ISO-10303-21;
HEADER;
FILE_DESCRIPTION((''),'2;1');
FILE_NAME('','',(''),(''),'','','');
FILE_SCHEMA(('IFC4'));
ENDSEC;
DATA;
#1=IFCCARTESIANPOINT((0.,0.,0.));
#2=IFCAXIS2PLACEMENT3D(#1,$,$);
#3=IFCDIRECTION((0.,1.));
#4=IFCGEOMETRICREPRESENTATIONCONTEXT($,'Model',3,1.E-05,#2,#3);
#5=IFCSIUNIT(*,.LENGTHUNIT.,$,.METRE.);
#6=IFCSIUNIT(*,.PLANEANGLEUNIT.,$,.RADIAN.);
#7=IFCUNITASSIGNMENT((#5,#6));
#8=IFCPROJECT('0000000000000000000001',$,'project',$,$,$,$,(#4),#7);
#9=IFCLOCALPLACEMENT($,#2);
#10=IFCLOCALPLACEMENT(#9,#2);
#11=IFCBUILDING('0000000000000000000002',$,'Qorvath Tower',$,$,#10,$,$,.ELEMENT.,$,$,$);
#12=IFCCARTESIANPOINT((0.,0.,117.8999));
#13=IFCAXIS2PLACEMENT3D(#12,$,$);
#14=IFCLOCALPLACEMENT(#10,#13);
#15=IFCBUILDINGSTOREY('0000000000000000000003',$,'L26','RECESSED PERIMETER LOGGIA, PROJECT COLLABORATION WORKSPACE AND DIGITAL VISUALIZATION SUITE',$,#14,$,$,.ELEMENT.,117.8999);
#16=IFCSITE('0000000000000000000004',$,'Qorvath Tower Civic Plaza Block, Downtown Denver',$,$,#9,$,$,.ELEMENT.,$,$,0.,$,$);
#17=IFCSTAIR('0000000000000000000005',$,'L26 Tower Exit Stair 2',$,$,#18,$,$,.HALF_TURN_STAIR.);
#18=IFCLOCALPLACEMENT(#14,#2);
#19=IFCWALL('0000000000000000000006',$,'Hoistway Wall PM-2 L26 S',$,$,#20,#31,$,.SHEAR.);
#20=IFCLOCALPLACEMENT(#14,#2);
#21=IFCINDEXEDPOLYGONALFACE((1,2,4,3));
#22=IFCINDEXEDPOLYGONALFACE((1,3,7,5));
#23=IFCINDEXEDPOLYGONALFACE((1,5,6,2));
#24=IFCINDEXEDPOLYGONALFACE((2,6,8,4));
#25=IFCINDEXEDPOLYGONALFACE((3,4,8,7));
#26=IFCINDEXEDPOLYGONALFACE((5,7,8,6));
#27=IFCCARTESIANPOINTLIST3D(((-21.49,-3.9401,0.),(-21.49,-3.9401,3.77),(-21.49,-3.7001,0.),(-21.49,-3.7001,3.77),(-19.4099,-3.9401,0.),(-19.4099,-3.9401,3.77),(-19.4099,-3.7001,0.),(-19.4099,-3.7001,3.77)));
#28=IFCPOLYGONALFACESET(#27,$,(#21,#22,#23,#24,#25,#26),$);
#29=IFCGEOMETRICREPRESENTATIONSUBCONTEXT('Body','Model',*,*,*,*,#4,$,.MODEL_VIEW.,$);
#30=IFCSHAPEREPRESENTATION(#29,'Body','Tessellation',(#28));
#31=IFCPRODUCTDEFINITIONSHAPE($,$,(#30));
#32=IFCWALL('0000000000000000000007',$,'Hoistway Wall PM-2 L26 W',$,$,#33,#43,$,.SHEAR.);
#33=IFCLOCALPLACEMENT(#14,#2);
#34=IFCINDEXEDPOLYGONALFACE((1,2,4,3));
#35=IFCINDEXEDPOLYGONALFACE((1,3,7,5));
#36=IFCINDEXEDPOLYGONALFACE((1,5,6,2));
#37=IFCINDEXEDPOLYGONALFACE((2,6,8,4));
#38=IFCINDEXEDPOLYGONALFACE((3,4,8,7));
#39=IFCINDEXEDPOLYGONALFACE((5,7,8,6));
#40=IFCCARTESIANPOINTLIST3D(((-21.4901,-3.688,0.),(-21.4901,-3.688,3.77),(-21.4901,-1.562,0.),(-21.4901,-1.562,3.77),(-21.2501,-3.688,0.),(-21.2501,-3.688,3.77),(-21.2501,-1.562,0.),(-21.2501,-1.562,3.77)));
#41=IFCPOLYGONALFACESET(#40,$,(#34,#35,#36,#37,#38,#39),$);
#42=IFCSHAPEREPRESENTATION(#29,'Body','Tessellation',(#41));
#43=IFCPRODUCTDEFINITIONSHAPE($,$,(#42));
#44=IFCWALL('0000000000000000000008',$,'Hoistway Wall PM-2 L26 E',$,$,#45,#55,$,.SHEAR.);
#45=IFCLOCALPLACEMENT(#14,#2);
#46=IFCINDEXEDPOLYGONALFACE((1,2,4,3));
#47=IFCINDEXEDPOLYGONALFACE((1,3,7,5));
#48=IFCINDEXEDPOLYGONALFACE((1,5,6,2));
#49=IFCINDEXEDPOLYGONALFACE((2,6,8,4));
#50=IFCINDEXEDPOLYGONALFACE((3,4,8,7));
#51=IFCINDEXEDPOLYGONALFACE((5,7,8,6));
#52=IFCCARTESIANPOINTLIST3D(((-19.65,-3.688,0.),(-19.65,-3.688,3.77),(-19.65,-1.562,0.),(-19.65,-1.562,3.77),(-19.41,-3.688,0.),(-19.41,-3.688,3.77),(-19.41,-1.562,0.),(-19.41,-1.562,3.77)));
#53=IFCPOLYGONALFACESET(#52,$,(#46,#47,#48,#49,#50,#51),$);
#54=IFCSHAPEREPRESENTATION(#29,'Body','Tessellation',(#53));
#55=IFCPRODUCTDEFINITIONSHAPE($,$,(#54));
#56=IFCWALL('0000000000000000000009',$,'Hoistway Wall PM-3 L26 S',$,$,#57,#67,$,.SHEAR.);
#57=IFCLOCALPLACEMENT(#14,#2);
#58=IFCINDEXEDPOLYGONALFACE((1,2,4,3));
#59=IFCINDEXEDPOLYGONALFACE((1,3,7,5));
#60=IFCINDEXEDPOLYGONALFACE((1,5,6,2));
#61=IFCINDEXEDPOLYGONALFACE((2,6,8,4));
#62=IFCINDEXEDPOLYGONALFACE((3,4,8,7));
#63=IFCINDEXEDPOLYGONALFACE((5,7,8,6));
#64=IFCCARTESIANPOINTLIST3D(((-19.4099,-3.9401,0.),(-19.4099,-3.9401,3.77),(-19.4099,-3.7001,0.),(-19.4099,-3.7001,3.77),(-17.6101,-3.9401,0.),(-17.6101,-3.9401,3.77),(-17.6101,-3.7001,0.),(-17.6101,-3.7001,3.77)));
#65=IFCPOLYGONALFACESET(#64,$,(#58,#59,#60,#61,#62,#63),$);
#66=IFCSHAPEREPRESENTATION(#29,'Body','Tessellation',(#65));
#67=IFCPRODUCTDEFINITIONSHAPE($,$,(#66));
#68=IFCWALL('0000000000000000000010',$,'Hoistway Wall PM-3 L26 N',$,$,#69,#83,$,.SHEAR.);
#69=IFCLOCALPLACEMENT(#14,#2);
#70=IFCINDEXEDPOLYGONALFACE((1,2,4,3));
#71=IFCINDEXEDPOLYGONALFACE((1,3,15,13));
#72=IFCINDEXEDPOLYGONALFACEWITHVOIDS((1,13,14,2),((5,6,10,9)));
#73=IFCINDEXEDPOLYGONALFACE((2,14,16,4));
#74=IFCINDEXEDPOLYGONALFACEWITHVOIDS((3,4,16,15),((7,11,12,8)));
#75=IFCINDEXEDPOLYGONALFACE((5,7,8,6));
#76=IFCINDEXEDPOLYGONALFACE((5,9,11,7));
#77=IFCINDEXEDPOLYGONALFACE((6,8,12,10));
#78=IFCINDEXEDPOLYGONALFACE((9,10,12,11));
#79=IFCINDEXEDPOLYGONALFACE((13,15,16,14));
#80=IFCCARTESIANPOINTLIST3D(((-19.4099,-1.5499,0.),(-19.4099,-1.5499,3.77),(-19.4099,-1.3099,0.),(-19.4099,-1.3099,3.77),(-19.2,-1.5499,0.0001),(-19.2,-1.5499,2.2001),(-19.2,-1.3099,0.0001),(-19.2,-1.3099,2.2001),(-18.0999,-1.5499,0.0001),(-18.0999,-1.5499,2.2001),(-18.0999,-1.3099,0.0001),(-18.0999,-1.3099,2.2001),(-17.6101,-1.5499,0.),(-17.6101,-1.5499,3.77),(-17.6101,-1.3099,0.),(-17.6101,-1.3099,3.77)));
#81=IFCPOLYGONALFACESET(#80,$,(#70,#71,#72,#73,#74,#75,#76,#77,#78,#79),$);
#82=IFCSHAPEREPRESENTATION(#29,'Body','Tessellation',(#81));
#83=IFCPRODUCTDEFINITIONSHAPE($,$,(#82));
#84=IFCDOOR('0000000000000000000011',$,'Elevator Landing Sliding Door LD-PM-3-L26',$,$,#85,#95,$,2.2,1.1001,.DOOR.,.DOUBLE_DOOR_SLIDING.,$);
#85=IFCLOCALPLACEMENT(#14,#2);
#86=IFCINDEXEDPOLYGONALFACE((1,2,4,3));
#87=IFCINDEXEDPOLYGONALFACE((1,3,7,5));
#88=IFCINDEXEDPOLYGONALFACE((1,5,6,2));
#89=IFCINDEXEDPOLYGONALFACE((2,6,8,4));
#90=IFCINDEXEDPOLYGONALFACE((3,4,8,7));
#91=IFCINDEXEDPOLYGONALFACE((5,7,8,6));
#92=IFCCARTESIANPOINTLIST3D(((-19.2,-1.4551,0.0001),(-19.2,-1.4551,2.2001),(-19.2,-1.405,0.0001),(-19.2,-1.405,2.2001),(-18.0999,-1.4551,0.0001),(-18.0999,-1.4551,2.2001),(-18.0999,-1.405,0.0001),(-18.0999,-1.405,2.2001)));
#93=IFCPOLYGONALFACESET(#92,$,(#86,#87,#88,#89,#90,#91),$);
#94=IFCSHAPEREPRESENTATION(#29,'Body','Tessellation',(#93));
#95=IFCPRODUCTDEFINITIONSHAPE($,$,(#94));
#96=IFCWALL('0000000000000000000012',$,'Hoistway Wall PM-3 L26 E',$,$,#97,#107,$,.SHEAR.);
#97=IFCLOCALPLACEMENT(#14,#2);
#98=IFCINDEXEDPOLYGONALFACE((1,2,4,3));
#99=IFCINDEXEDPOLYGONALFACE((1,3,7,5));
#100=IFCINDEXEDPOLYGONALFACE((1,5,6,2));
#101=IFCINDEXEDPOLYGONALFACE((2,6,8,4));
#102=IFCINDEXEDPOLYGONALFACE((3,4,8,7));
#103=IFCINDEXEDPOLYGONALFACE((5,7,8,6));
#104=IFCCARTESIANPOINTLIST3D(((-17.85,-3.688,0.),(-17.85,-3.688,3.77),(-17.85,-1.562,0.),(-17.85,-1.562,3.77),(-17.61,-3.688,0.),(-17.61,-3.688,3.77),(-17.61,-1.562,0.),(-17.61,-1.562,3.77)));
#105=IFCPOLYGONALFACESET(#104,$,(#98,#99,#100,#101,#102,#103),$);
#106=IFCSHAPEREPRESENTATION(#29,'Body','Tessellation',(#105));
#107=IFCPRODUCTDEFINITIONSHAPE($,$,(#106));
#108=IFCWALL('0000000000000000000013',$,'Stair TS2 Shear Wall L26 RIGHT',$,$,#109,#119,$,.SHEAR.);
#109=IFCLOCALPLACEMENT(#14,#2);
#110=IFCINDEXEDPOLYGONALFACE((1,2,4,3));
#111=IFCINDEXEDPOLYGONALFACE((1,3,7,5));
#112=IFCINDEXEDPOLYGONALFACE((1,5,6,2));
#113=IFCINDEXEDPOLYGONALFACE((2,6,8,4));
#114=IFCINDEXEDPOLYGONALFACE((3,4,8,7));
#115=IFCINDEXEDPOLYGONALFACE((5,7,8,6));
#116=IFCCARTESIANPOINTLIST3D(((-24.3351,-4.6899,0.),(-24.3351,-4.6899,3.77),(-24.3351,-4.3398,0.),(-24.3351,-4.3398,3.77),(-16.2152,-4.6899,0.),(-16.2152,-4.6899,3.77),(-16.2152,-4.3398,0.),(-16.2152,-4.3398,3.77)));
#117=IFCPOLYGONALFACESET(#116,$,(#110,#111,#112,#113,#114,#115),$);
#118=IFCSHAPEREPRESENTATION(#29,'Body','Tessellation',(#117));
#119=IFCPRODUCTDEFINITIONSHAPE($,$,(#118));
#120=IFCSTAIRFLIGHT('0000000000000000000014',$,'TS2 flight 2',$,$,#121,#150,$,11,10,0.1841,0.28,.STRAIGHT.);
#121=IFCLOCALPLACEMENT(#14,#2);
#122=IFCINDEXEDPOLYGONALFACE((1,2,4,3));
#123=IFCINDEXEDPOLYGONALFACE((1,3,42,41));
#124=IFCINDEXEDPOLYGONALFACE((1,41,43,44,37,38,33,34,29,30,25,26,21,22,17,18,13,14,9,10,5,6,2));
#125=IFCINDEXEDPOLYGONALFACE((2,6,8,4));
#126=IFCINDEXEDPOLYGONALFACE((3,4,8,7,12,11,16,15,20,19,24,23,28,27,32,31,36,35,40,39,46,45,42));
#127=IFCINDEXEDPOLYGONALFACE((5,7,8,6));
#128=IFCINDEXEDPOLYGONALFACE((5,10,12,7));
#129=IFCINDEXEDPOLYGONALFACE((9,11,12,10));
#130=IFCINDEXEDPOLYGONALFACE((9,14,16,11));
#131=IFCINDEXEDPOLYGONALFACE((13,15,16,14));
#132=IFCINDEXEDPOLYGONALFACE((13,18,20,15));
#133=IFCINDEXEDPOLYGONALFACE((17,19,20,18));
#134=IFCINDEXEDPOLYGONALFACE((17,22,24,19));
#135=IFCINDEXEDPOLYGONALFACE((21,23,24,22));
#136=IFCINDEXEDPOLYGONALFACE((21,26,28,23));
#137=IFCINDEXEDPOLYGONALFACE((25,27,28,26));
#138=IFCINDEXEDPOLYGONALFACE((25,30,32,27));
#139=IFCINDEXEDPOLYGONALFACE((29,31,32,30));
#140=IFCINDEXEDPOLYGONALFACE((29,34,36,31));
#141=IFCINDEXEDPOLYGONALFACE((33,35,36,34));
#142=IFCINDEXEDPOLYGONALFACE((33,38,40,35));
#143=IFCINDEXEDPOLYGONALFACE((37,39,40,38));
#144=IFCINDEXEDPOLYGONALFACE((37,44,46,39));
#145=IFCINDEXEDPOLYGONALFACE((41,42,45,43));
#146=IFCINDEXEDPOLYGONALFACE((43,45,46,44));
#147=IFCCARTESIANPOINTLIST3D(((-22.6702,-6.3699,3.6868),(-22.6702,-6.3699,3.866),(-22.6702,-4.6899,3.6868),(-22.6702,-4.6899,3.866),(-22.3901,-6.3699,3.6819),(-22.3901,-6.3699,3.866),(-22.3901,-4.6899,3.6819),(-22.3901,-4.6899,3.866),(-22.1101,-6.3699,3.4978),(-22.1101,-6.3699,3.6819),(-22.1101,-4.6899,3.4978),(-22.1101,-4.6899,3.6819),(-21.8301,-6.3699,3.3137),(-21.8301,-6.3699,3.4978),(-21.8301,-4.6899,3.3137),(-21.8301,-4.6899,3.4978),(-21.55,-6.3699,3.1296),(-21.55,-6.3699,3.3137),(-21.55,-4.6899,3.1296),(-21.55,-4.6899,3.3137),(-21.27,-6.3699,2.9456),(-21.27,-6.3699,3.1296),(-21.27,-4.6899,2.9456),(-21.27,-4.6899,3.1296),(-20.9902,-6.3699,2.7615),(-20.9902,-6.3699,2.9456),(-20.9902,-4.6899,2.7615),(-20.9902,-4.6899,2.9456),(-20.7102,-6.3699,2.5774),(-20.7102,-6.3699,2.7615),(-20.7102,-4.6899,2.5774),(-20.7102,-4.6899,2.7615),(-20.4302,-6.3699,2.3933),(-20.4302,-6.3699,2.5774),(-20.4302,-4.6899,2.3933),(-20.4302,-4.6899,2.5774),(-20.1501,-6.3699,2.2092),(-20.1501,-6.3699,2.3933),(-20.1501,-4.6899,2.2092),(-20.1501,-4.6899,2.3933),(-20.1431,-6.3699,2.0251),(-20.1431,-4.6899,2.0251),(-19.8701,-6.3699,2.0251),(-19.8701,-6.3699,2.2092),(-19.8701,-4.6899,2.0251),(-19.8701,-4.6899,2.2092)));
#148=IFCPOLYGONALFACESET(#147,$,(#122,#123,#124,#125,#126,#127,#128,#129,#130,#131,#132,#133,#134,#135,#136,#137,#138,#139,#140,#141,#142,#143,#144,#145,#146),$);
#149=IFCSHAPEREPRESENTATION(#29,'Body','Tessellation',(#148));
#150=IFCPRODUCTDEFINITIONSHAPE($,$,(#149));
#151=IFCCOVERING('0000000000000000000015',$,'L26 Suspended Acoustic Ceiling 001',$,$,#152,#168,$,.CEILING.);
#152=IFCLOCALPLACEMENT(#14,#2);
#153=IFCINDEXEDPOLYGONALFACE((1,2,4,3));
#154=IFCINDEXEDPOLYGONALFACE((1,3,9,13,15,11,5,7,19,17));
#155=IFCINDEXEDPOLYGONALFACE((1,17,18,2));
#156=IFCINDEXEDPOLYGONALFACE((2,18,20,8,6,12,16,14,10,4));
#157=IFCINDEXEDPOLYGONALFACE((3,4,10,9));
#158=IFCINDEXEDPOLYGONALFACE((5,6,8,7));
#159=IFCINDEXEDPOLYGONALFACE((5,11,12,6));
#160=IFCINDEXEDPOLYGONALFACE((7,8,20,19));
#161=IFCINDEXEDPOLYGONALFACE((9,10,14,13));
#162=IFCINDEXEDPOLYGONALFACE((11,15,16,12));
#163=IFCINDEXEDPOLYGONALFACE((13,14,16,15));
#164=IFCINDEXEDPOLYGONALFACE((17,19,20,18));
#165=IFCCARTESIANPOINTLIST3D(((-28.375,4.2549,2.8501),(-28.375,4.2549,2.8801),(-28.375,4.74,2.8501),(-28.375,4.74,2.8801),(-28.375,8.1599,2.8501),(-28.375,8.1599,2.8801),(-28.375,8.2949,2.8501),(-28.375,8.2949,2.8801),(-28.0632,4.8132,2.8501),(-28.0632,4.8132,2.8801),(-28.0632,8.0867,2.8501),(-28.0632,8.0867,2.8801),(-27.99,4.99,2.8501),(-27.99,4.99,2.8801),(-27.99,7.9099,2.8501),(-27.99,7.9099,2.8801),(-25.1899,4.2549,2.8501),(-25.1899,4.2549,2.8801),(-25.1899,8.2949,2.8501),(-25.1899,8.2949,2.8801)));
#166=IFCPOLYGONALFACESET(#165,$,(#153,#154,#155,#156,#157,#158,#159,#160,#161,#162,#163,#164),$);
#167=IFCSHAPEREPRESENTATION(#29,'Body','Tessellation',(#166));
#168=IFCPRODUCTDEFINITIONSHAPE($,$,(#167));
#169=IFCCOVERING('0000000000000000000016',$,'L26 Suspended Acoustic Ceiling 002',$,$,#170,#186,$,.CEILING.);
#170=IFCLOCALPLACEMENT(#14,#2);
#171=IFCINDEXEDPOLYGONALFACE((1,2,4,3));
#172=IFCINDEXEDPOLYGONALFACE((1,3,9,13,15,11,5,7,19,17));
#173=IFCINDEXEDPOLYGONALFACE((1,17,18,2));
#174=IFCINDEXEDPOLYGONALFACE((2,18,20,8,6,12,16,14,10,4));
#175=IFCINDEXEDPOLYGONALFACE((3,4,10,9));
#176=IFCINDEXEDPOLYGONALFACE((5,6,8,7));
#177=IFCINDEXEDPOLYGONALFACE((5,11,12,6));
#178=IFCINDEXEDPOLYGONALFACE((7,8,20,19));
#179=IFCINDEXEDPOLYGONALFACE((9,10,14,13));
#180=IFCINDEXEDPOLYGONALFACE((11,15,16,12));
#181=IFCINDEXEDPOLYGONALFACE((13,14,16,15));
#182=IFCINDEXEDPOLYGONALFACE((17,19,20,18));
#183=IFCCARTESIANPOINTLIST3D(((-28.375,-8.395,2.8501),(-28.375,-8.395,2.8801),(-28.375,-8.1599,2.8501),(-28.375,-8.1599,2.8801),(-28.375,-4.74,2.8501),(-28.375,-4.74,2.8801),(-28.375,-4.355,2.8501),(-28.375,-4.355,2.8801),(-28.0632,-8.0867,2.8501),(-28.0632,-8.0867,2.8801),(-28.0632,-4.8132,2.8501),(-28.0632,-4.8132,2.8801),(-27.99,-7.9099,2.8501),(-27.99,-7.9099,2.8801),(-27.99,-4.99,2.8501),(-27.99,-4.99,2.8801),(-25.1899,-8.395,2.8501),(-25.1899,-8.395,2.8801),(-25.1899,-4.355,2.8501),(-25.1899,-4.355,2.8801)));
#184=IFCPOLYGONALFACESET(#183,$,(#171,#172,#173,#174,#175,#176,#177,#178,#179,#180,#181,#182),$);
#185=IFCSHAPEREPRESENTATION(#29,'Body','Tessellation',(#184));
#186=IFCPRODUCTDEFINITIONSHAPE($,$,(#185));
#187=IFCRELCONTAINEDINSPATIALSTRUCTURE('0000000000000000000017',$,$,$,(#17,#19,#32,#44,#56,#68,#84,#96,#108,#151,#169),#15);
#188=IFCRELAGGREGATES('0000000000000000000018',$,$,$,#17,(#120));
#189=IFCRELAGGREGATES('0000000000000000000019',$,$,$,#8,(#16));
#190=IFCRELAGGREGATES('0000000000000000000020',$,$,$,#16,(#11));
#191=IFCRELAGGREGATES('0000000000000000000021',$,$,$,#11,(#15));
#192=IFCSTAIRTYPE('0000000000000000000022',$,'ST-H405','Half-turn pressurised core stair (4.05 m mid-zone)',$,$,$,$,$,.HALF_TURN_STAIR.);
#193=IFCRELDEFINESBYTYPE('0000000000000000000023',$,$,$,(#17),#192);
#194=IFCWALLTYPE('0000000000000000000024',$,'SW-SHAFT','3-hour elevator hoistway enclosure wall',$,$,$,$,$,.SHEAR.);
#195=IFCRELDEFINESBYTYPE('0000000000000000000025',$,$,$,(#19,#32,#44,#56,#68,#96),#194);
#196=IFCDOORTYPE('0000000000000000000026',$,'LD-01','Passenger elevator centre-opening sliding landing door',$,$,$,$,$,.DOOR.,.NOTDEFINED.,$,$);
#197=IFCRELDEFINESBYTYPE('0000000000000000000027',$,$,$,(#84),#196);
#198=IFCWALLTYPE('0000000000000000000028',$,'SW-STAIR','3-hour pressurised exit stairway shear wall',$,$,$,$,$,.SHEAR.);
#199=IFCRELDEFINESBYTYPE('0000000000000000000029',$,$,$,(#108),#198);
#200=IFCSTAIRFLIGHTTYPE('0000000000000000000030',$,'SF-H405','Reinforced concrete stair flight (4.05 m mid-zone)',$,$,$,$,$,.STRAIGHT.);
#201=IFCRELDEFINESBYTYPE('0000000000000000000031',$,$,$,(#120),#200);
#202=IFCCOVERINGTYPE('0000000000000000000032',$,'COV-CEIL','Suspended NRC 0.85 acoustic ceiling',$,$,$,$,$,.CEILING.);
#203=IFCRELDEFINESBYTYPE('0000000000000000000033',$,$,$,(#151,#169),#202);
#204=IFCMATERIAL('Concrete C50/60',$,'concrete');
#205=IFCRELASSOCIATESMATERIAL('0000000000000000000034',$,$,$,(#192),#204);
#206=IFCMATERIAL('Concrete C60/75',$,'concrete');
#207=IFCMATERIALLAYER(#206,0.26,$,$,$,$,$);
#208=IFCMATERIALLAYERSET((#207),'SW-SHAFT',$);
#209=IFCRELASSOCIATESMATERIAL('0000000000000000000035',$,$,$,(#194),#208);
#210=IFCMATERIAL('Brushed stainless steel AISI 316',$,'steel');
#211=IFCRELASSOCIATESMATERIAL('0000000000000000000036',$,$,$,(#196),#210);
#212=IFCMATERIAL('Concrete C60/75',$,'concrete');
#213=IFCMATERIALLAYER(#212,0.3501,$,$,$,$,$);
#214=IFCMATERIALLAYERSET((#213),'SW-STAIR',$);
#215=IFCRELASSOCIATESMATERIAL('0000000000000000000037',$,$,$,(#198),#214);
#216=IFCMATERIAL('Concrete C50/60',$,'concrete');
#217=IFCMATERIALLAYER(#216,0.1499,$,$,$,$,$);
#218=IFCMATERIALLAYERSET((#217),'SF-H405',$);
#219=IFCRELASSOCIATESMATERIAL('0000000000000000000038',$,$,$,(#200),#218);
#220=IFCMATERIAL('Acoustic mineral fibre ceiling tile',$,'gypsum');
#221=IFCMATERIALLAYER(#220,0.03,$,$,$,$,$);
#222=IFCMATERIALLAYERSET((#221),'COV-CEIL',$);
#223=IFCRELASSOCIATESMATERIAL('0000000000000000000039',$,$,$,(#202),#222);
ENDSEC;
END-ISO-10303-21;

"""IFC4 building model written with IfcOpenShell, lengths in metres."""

from ifc_helpers import new_model, si_unit, direction, frame, frame_2d, origin, place, context, subcontext, project, spatial, polyline, rectangle, outline, extrude, material, layer, layer_set, type_object, element, fill, aggregate, save


model = new_model("IFC4")

# Units and contexts
model_context = context("Model", 3, precision=1e-05, world=origin(), true_north=direction((0.0, 1.0)))
body_context = subcontext(model_context, "Body", "Model", "MODEL_VIEW")
ifc_project = project(units=[si_unit("LENGTHUNIT", "METRE"), si_unit("PLANEANGLEUNIT", "RADIAN")], contexts=[model_context])

# Site, building, storey
site_placement = place(None, origin())
site = spatial("IfcSite", under=ifc_project, at=site_placement, Name="Qorvath Tower Civic Plaza Block, Downtown Denver", CompositionType="ELEMENT", RefElevation=0.0)
building_placement = place(site_placement, origin())
building = spatial("IfcBuilding", under=site, at=building_placement, Name="Qorvath Tower", CompositionType="ELEMENT")
storey_placement = place(building_placement, frame((0.0, 0.0, 117.8999)))
storey = spatial("IfcBuildingStorey", under=building, at=storey_placement, Name="L26", Description="RECESSED PERIMETER LOGGIA, PROJECT COLLABORATION WORKSPACE AND DIGITAL VISUALIZATION SUITE", CompositionType="ELEMENT", Elevation=117.8999)

# Stair
ifc_material_1 = material(Name="Concrete C50/60", Category="concrete")
stair_type = type_object("IfcStairType", Name="ST-H405", Description="Half-turn pressurised core stair (4.05 m mid-zone)", PredefinedType="HALF_TURN_STAIR", material=ifc_material_1)
stair_1_placement = place(storey_placement, origin())
stair_1 = element("IfcStair", 1, at=stair_1_placement, inside=storey, type_object=stair_type, Name="L26 Tower Exit Stair 2", PredefinedType="HALF_TURN_STAIR")

# Walls
ifc_material_2 = material(Name="Concrete C60/75", Category="concrete")
ifc_layer_1 = layer(ifc_material_2, 0.26)
ifc_layer_set_1 = layer_set([ifc_layer_1], Name="SW-SHAFT")
wall_type_1 = type_object("IfcWallType", Name="SW-SHAFT", Description="3-hour elevator hoistway enclosure wall", PredefinedType="SHEAR", material=ifc_layer_set_1)
wall_1_placement = place(storey_placement, frame((-19.4099, -3.8201, 0.0), z_axis=(0.0, 0.0, 1.0), x_axis=(-1.0, 0.0, 0.0)))
element("IfcWall", 2, at=wall_1_placement, inside=storey, type_object=wall_type_1, Name="Hoistway Wall PM-2 L26 S", PredefinedType="SHEAR", context=body_context, shape_type="SweptSolid", body=[
    extrude(rectangle(XDim=2.0801, YDim=0.24, at=frame_2d((1.04, 0.0))), origin(), (0.0, 0.0, 1.0), 3.77),
])
for number, where, z_axis, x_axis, name in (
    (3, (-21.3701, -3.688, 0.0), (0.0, 0.0, 1.0), (0.0, 1.0, 0.0), "Hoistway Wall PM-2 L26 W"),
    (4, (-19.53, -1.562, 0.0), (0.0, 0.0, 1.0), (0.0, -1.0, 0.0), "Hoistway Wall PM-2 L26 E"),
):
    element("IfcWall", number, at=place(storey_placement, frame(where, z_axis=z_axis, x_axis=x_axis)), inside=storey, type_object=wall_type_1, Name=name, PredefinedType="SHEAR", context=body_context, shape_type="SweptSolid", body=[
        extrude(rectangle(XDim=2.126, YDim=0.24, at=frame_2d((1.063, 0.0))), origin(), (0.0, 0.0, 1.0), 3.77),
    ])
wall_2_placement = place(storey_placement, frame((-17.6101, -3.8201, 0.0), z_axis=(0.0, 0.0, 1.0), x_axis=(-1.0, 0.0, 0.0)))
element("IfcWall", 5, at=wall_2_placement, inside=storey, type_object=wall_type_1, Name="Hoistway Wall PM-3 L26 S", PredefinedType="SHEAR", context=body_context, shape_type="SweptSolid", body=[
    extrude(rectangle(XDim=1.7998, YDim=0.24, at=frame_2d((0.8999, 0.0))), origin(), (0.0, 0.0, 1.0), 3.77),
])

# Wall, opening, door
wall_3_placement = place(storey_placement, frame((-19.4099, -1.4299, 0.0), z_axis=(0.0, 0.0, 1.0), x_axis=(1.0, 0.0, 0.0)))
wall_3 = element("IfcWall", 6, at=wall_3_placement, inside=storey, type_object=wall_type_1, Name="Hoistway Wall PM-3 L26 N", PredefinedType="SHEAR", context=body_context, shape_type="SweptSolid", body=[
    extrude(rectangle(XDim=1.7998, YDim=0.24, at=frame_2d((0.8999, 0.0))), origin(), (0.0, 0.0, 1.0), 3.77),
])
opening_placement = place(wall_3_placement, frame((0.21, 0.0, 0.0)))
opening = element("IfcOpeningElement", 7, at=opening_placement, cuts=wall_3, PredefinedType="OPENING", context=body_context, shape_type="SweptSolid", body=[
    extrude(rectangle(XDim=1.1001, YDim=2.2, at=frame_2d((0.55, 1.1001))), frame((0.0, 0.1299, 0.0), z_axis=(0.0, -1.0, 0.0), x_axis=(1.0, 0.0, 0.0)), (0.0, 0.0, 1.0), 0.26),
])
ifc_material_3 = material(Name="Brushed stainless steel AISI 316", Category="steel")
door_type = type_object("IfcDoorType", Name="LD-01", Description="Passenger elevator centre-opening sliding landing door", OperationType="NOTDEFINED", PredefinedType="DOOR", material=ifc_material_3)
door_placement = place(opening_placement, origin())
door = element("IfcDoor", 8, at=door_placement, inside=storey, type_object=door_type, Name="Elevator Landing Sliding Door LD-PM-3-L26", OperationType="DOUBLE_DOOR_SLIDING", OverallHeight=2.2, OverallWidth=1.1001, PredefinedType="DOOR", context=body_context, shape_type="SweptSolid", body=[
    extrude(rectangle(XDim=1.1001, YDim=2.2, at=frame_2d((0.55, 1.1001))), frame((0.0, 0.0249, 0.0), z_axis=(0.0, -1.0, 0.0), x_axis=(1.0, 0.0, 0.0)), (0.0, 0.0, 1.0), 0.05),
])
fill(opening, door)

# Walls
wall_4_placement = place(storey_placement, frame((-17.73, -1.562, 0.0), z_axis=(0.0, 0.0, 1.0), x_axis=(0.0, -1.0, 0.0)))
element("IfcWall", 9, at=wall_4_placement, inside=storey, type_object=wall_type_1, Name="Hoistway Wall PM-3 L26 E", PredefinedType="SHEAR", context=body_context, shape_type="SweptSolid", body=[
    extrude(rectangle(XDim=2.126, YDim=0.24, at=frame_2d((1.063, 0.0))), origin(), (0.0, 0.0, 1.0), 3.77),
])
ifc_material_4 = material(Name="Concrete C60/75", Category="concrete")
ifc_layer_2 = layer(ifc_material_4, 0.3501)
ifc_layer_set_2 = layer_set([ifc_layer_2], Name="SW-STAIR")
wall_type_2 = type_object("IfcWallType", Name="SW-STAIR", Description="3-hour pressurised exit stairway shear wall", PredefinedType="SHEAR", material=ifc_layer_set_2)
wall_5_placement = place(storey_placement, frame((-16.2151, -4.5149, 0.0), z_axis=(0.0, 0.0, 1.0), x_axis=(-1.0, 0.0, 0.0)))
element("IfcWall", 10, at=wall_5_placement, inside=storey, type_object=wall_type_2, Name="Stair TS2 Shear Wall L26 RIGHT", PredefinedType="SHEAR", context=body_context, shape_type="SweptSolid", body=[
    extrude(rectangle(XDim=8.1199, YDim=0.3501, at=frame_2d((4.0601, 0.0))), origin(), (0.0, 0.0, 1.0), 3.77),
])

# Stair flight
ifc_material_5 = material(Name="Concrete C50/60", Category="concrete")
ifc_layer_3 = layer(ifc_material_5, 0.1499)
ifc_layer_set_3 = layer_set([ifc_layer_3], Name="SF-H405")
stair_flight_type = type_object("IfcStairFlightType", Name="SF-H405", Description="Reinforced concrete stair flight (4.05 m mid-zone)", PredefinedType="STRAIGHT", material=ifc_layer_set_3)
stair_flight_placement = place(storey_placement, frame((-19.8701, -5.53, 2.0251), z_axis=(0.0, 0.0, 1.0), x_axis=(-1.0, 0.0, 0.0)))
stair_flight = element("IfcStairFlight", 11, at=stair_flight_placement, type_object=stair_flight_type, Name="TS2 flight 2", NumberOfRisers=11, NumberOfTreads=10, PredefinedType="STRAIGHT", RiserHeight=0.1841, TreadLength=0.28, context=body_context, shape_type="SweptSolid", body=[
    extrude(outline(polyline([(0.0, 0.0), (0.0, 0.1841), (0.28, 0.1841), (0.28, 0.3682), (0.5601, 0.3682), (0.5601, 0.5522), (0.8401, 0.5522), (0.8401, 0.7363), (1.1201, 0.7363), (1.1201, 0.9204), (1.3999, 0.9204), (1.3999, 1.1045), (1.6799, 1.1045), (1.6799, 1.2886), (1.96, 1.2886), (1.96, 1.4727), (2.24, 1.4727), (2.24, 1.6567), (2.52, 1.6567), (2.52, 1.8408), (2.8, 1.8408), (2.8, 2.0249), (2.8, 1.6616), (0.2729, 0.0), (0.0, 0.0)])), frame((0.0, 0.8398, 0.0), z_axis=(0.0, -1.0, 0.0), x_axis=(1.0, 0.0, 0.0)), (0.0, 0.0, 1.0), 1.6799),
])
aggregate(stair_1, [stair_flight])

# Coverings
ifc_material_6 = material(Name="Acoustic mineral fibre ceiling tile", Category="gypsum")
ifc_layer_4 = layer(ifc_material_6, 0.03)
ifc_layer_set_4 = layer_set([ifc_layer_4], Name="COV-CEIL")
covering_type_1 = type_object("IfcCoveringType", Name="COV-CEIL", Description="Suspended NRC 0.85 acoustic ceiling", PredefinedType="CEILING", material=ifc_layer_set_4)
covering_1_placement = place(storey_placement, frame((0.0, 0.0, 2.8501)))
element("IfcCovering", 12, at=covering_1_placement, inside=storey, type_object=covering_type_1, Name="L26 Suspended Acoustic Ceiling 001", PredefinedType="CEILING", context=body_context, shape_type="SweptSolid", body=[
    extrude(outline(polyline([(-25.1899, 4.2549), (-25.1899, 8.2949), (-28.375, 8.2949), (-28.375, 8.1599), (-28.0632, 8.0867), (-27.99, 7.9099), (-27.99, 4.99), (-28.0632, 4.8132), (-28.375, 4.74), (-28.375, 4.2549), (-25.1899, 4.2549)])), origin(), (0.0, 0.0, 1.0), 0.03),
])
covering_2_placement = place(storey_placement, frame((0.0, 0.0, 2.8501)))
element("IfcCovering", 13, at=covering_2_placement, inside=storey, type_object=covering_type_1, Name="L26 Suspended Acoustic Ceiling 002", PredefinedType="CEILING", context=body_context, shape_type="SweptSolid", body=[
    extrude(outline(polyline([(-25.1899, -8.395), (-25.1899, -4.355), (-28.375, -4.355), (-28.375, -4.74), (-28.0632, -4.8132), (-27.99, -4.99), (-27.99, -7.9099), (-28.0632, -8.0867), (-28.375, -8.1599), (-28.375, -8.395), (-25.1899, -8.395)])), origin(), (0.0, 0.0, 1.0), 0.03),
])

save(model, "model.ifc")
